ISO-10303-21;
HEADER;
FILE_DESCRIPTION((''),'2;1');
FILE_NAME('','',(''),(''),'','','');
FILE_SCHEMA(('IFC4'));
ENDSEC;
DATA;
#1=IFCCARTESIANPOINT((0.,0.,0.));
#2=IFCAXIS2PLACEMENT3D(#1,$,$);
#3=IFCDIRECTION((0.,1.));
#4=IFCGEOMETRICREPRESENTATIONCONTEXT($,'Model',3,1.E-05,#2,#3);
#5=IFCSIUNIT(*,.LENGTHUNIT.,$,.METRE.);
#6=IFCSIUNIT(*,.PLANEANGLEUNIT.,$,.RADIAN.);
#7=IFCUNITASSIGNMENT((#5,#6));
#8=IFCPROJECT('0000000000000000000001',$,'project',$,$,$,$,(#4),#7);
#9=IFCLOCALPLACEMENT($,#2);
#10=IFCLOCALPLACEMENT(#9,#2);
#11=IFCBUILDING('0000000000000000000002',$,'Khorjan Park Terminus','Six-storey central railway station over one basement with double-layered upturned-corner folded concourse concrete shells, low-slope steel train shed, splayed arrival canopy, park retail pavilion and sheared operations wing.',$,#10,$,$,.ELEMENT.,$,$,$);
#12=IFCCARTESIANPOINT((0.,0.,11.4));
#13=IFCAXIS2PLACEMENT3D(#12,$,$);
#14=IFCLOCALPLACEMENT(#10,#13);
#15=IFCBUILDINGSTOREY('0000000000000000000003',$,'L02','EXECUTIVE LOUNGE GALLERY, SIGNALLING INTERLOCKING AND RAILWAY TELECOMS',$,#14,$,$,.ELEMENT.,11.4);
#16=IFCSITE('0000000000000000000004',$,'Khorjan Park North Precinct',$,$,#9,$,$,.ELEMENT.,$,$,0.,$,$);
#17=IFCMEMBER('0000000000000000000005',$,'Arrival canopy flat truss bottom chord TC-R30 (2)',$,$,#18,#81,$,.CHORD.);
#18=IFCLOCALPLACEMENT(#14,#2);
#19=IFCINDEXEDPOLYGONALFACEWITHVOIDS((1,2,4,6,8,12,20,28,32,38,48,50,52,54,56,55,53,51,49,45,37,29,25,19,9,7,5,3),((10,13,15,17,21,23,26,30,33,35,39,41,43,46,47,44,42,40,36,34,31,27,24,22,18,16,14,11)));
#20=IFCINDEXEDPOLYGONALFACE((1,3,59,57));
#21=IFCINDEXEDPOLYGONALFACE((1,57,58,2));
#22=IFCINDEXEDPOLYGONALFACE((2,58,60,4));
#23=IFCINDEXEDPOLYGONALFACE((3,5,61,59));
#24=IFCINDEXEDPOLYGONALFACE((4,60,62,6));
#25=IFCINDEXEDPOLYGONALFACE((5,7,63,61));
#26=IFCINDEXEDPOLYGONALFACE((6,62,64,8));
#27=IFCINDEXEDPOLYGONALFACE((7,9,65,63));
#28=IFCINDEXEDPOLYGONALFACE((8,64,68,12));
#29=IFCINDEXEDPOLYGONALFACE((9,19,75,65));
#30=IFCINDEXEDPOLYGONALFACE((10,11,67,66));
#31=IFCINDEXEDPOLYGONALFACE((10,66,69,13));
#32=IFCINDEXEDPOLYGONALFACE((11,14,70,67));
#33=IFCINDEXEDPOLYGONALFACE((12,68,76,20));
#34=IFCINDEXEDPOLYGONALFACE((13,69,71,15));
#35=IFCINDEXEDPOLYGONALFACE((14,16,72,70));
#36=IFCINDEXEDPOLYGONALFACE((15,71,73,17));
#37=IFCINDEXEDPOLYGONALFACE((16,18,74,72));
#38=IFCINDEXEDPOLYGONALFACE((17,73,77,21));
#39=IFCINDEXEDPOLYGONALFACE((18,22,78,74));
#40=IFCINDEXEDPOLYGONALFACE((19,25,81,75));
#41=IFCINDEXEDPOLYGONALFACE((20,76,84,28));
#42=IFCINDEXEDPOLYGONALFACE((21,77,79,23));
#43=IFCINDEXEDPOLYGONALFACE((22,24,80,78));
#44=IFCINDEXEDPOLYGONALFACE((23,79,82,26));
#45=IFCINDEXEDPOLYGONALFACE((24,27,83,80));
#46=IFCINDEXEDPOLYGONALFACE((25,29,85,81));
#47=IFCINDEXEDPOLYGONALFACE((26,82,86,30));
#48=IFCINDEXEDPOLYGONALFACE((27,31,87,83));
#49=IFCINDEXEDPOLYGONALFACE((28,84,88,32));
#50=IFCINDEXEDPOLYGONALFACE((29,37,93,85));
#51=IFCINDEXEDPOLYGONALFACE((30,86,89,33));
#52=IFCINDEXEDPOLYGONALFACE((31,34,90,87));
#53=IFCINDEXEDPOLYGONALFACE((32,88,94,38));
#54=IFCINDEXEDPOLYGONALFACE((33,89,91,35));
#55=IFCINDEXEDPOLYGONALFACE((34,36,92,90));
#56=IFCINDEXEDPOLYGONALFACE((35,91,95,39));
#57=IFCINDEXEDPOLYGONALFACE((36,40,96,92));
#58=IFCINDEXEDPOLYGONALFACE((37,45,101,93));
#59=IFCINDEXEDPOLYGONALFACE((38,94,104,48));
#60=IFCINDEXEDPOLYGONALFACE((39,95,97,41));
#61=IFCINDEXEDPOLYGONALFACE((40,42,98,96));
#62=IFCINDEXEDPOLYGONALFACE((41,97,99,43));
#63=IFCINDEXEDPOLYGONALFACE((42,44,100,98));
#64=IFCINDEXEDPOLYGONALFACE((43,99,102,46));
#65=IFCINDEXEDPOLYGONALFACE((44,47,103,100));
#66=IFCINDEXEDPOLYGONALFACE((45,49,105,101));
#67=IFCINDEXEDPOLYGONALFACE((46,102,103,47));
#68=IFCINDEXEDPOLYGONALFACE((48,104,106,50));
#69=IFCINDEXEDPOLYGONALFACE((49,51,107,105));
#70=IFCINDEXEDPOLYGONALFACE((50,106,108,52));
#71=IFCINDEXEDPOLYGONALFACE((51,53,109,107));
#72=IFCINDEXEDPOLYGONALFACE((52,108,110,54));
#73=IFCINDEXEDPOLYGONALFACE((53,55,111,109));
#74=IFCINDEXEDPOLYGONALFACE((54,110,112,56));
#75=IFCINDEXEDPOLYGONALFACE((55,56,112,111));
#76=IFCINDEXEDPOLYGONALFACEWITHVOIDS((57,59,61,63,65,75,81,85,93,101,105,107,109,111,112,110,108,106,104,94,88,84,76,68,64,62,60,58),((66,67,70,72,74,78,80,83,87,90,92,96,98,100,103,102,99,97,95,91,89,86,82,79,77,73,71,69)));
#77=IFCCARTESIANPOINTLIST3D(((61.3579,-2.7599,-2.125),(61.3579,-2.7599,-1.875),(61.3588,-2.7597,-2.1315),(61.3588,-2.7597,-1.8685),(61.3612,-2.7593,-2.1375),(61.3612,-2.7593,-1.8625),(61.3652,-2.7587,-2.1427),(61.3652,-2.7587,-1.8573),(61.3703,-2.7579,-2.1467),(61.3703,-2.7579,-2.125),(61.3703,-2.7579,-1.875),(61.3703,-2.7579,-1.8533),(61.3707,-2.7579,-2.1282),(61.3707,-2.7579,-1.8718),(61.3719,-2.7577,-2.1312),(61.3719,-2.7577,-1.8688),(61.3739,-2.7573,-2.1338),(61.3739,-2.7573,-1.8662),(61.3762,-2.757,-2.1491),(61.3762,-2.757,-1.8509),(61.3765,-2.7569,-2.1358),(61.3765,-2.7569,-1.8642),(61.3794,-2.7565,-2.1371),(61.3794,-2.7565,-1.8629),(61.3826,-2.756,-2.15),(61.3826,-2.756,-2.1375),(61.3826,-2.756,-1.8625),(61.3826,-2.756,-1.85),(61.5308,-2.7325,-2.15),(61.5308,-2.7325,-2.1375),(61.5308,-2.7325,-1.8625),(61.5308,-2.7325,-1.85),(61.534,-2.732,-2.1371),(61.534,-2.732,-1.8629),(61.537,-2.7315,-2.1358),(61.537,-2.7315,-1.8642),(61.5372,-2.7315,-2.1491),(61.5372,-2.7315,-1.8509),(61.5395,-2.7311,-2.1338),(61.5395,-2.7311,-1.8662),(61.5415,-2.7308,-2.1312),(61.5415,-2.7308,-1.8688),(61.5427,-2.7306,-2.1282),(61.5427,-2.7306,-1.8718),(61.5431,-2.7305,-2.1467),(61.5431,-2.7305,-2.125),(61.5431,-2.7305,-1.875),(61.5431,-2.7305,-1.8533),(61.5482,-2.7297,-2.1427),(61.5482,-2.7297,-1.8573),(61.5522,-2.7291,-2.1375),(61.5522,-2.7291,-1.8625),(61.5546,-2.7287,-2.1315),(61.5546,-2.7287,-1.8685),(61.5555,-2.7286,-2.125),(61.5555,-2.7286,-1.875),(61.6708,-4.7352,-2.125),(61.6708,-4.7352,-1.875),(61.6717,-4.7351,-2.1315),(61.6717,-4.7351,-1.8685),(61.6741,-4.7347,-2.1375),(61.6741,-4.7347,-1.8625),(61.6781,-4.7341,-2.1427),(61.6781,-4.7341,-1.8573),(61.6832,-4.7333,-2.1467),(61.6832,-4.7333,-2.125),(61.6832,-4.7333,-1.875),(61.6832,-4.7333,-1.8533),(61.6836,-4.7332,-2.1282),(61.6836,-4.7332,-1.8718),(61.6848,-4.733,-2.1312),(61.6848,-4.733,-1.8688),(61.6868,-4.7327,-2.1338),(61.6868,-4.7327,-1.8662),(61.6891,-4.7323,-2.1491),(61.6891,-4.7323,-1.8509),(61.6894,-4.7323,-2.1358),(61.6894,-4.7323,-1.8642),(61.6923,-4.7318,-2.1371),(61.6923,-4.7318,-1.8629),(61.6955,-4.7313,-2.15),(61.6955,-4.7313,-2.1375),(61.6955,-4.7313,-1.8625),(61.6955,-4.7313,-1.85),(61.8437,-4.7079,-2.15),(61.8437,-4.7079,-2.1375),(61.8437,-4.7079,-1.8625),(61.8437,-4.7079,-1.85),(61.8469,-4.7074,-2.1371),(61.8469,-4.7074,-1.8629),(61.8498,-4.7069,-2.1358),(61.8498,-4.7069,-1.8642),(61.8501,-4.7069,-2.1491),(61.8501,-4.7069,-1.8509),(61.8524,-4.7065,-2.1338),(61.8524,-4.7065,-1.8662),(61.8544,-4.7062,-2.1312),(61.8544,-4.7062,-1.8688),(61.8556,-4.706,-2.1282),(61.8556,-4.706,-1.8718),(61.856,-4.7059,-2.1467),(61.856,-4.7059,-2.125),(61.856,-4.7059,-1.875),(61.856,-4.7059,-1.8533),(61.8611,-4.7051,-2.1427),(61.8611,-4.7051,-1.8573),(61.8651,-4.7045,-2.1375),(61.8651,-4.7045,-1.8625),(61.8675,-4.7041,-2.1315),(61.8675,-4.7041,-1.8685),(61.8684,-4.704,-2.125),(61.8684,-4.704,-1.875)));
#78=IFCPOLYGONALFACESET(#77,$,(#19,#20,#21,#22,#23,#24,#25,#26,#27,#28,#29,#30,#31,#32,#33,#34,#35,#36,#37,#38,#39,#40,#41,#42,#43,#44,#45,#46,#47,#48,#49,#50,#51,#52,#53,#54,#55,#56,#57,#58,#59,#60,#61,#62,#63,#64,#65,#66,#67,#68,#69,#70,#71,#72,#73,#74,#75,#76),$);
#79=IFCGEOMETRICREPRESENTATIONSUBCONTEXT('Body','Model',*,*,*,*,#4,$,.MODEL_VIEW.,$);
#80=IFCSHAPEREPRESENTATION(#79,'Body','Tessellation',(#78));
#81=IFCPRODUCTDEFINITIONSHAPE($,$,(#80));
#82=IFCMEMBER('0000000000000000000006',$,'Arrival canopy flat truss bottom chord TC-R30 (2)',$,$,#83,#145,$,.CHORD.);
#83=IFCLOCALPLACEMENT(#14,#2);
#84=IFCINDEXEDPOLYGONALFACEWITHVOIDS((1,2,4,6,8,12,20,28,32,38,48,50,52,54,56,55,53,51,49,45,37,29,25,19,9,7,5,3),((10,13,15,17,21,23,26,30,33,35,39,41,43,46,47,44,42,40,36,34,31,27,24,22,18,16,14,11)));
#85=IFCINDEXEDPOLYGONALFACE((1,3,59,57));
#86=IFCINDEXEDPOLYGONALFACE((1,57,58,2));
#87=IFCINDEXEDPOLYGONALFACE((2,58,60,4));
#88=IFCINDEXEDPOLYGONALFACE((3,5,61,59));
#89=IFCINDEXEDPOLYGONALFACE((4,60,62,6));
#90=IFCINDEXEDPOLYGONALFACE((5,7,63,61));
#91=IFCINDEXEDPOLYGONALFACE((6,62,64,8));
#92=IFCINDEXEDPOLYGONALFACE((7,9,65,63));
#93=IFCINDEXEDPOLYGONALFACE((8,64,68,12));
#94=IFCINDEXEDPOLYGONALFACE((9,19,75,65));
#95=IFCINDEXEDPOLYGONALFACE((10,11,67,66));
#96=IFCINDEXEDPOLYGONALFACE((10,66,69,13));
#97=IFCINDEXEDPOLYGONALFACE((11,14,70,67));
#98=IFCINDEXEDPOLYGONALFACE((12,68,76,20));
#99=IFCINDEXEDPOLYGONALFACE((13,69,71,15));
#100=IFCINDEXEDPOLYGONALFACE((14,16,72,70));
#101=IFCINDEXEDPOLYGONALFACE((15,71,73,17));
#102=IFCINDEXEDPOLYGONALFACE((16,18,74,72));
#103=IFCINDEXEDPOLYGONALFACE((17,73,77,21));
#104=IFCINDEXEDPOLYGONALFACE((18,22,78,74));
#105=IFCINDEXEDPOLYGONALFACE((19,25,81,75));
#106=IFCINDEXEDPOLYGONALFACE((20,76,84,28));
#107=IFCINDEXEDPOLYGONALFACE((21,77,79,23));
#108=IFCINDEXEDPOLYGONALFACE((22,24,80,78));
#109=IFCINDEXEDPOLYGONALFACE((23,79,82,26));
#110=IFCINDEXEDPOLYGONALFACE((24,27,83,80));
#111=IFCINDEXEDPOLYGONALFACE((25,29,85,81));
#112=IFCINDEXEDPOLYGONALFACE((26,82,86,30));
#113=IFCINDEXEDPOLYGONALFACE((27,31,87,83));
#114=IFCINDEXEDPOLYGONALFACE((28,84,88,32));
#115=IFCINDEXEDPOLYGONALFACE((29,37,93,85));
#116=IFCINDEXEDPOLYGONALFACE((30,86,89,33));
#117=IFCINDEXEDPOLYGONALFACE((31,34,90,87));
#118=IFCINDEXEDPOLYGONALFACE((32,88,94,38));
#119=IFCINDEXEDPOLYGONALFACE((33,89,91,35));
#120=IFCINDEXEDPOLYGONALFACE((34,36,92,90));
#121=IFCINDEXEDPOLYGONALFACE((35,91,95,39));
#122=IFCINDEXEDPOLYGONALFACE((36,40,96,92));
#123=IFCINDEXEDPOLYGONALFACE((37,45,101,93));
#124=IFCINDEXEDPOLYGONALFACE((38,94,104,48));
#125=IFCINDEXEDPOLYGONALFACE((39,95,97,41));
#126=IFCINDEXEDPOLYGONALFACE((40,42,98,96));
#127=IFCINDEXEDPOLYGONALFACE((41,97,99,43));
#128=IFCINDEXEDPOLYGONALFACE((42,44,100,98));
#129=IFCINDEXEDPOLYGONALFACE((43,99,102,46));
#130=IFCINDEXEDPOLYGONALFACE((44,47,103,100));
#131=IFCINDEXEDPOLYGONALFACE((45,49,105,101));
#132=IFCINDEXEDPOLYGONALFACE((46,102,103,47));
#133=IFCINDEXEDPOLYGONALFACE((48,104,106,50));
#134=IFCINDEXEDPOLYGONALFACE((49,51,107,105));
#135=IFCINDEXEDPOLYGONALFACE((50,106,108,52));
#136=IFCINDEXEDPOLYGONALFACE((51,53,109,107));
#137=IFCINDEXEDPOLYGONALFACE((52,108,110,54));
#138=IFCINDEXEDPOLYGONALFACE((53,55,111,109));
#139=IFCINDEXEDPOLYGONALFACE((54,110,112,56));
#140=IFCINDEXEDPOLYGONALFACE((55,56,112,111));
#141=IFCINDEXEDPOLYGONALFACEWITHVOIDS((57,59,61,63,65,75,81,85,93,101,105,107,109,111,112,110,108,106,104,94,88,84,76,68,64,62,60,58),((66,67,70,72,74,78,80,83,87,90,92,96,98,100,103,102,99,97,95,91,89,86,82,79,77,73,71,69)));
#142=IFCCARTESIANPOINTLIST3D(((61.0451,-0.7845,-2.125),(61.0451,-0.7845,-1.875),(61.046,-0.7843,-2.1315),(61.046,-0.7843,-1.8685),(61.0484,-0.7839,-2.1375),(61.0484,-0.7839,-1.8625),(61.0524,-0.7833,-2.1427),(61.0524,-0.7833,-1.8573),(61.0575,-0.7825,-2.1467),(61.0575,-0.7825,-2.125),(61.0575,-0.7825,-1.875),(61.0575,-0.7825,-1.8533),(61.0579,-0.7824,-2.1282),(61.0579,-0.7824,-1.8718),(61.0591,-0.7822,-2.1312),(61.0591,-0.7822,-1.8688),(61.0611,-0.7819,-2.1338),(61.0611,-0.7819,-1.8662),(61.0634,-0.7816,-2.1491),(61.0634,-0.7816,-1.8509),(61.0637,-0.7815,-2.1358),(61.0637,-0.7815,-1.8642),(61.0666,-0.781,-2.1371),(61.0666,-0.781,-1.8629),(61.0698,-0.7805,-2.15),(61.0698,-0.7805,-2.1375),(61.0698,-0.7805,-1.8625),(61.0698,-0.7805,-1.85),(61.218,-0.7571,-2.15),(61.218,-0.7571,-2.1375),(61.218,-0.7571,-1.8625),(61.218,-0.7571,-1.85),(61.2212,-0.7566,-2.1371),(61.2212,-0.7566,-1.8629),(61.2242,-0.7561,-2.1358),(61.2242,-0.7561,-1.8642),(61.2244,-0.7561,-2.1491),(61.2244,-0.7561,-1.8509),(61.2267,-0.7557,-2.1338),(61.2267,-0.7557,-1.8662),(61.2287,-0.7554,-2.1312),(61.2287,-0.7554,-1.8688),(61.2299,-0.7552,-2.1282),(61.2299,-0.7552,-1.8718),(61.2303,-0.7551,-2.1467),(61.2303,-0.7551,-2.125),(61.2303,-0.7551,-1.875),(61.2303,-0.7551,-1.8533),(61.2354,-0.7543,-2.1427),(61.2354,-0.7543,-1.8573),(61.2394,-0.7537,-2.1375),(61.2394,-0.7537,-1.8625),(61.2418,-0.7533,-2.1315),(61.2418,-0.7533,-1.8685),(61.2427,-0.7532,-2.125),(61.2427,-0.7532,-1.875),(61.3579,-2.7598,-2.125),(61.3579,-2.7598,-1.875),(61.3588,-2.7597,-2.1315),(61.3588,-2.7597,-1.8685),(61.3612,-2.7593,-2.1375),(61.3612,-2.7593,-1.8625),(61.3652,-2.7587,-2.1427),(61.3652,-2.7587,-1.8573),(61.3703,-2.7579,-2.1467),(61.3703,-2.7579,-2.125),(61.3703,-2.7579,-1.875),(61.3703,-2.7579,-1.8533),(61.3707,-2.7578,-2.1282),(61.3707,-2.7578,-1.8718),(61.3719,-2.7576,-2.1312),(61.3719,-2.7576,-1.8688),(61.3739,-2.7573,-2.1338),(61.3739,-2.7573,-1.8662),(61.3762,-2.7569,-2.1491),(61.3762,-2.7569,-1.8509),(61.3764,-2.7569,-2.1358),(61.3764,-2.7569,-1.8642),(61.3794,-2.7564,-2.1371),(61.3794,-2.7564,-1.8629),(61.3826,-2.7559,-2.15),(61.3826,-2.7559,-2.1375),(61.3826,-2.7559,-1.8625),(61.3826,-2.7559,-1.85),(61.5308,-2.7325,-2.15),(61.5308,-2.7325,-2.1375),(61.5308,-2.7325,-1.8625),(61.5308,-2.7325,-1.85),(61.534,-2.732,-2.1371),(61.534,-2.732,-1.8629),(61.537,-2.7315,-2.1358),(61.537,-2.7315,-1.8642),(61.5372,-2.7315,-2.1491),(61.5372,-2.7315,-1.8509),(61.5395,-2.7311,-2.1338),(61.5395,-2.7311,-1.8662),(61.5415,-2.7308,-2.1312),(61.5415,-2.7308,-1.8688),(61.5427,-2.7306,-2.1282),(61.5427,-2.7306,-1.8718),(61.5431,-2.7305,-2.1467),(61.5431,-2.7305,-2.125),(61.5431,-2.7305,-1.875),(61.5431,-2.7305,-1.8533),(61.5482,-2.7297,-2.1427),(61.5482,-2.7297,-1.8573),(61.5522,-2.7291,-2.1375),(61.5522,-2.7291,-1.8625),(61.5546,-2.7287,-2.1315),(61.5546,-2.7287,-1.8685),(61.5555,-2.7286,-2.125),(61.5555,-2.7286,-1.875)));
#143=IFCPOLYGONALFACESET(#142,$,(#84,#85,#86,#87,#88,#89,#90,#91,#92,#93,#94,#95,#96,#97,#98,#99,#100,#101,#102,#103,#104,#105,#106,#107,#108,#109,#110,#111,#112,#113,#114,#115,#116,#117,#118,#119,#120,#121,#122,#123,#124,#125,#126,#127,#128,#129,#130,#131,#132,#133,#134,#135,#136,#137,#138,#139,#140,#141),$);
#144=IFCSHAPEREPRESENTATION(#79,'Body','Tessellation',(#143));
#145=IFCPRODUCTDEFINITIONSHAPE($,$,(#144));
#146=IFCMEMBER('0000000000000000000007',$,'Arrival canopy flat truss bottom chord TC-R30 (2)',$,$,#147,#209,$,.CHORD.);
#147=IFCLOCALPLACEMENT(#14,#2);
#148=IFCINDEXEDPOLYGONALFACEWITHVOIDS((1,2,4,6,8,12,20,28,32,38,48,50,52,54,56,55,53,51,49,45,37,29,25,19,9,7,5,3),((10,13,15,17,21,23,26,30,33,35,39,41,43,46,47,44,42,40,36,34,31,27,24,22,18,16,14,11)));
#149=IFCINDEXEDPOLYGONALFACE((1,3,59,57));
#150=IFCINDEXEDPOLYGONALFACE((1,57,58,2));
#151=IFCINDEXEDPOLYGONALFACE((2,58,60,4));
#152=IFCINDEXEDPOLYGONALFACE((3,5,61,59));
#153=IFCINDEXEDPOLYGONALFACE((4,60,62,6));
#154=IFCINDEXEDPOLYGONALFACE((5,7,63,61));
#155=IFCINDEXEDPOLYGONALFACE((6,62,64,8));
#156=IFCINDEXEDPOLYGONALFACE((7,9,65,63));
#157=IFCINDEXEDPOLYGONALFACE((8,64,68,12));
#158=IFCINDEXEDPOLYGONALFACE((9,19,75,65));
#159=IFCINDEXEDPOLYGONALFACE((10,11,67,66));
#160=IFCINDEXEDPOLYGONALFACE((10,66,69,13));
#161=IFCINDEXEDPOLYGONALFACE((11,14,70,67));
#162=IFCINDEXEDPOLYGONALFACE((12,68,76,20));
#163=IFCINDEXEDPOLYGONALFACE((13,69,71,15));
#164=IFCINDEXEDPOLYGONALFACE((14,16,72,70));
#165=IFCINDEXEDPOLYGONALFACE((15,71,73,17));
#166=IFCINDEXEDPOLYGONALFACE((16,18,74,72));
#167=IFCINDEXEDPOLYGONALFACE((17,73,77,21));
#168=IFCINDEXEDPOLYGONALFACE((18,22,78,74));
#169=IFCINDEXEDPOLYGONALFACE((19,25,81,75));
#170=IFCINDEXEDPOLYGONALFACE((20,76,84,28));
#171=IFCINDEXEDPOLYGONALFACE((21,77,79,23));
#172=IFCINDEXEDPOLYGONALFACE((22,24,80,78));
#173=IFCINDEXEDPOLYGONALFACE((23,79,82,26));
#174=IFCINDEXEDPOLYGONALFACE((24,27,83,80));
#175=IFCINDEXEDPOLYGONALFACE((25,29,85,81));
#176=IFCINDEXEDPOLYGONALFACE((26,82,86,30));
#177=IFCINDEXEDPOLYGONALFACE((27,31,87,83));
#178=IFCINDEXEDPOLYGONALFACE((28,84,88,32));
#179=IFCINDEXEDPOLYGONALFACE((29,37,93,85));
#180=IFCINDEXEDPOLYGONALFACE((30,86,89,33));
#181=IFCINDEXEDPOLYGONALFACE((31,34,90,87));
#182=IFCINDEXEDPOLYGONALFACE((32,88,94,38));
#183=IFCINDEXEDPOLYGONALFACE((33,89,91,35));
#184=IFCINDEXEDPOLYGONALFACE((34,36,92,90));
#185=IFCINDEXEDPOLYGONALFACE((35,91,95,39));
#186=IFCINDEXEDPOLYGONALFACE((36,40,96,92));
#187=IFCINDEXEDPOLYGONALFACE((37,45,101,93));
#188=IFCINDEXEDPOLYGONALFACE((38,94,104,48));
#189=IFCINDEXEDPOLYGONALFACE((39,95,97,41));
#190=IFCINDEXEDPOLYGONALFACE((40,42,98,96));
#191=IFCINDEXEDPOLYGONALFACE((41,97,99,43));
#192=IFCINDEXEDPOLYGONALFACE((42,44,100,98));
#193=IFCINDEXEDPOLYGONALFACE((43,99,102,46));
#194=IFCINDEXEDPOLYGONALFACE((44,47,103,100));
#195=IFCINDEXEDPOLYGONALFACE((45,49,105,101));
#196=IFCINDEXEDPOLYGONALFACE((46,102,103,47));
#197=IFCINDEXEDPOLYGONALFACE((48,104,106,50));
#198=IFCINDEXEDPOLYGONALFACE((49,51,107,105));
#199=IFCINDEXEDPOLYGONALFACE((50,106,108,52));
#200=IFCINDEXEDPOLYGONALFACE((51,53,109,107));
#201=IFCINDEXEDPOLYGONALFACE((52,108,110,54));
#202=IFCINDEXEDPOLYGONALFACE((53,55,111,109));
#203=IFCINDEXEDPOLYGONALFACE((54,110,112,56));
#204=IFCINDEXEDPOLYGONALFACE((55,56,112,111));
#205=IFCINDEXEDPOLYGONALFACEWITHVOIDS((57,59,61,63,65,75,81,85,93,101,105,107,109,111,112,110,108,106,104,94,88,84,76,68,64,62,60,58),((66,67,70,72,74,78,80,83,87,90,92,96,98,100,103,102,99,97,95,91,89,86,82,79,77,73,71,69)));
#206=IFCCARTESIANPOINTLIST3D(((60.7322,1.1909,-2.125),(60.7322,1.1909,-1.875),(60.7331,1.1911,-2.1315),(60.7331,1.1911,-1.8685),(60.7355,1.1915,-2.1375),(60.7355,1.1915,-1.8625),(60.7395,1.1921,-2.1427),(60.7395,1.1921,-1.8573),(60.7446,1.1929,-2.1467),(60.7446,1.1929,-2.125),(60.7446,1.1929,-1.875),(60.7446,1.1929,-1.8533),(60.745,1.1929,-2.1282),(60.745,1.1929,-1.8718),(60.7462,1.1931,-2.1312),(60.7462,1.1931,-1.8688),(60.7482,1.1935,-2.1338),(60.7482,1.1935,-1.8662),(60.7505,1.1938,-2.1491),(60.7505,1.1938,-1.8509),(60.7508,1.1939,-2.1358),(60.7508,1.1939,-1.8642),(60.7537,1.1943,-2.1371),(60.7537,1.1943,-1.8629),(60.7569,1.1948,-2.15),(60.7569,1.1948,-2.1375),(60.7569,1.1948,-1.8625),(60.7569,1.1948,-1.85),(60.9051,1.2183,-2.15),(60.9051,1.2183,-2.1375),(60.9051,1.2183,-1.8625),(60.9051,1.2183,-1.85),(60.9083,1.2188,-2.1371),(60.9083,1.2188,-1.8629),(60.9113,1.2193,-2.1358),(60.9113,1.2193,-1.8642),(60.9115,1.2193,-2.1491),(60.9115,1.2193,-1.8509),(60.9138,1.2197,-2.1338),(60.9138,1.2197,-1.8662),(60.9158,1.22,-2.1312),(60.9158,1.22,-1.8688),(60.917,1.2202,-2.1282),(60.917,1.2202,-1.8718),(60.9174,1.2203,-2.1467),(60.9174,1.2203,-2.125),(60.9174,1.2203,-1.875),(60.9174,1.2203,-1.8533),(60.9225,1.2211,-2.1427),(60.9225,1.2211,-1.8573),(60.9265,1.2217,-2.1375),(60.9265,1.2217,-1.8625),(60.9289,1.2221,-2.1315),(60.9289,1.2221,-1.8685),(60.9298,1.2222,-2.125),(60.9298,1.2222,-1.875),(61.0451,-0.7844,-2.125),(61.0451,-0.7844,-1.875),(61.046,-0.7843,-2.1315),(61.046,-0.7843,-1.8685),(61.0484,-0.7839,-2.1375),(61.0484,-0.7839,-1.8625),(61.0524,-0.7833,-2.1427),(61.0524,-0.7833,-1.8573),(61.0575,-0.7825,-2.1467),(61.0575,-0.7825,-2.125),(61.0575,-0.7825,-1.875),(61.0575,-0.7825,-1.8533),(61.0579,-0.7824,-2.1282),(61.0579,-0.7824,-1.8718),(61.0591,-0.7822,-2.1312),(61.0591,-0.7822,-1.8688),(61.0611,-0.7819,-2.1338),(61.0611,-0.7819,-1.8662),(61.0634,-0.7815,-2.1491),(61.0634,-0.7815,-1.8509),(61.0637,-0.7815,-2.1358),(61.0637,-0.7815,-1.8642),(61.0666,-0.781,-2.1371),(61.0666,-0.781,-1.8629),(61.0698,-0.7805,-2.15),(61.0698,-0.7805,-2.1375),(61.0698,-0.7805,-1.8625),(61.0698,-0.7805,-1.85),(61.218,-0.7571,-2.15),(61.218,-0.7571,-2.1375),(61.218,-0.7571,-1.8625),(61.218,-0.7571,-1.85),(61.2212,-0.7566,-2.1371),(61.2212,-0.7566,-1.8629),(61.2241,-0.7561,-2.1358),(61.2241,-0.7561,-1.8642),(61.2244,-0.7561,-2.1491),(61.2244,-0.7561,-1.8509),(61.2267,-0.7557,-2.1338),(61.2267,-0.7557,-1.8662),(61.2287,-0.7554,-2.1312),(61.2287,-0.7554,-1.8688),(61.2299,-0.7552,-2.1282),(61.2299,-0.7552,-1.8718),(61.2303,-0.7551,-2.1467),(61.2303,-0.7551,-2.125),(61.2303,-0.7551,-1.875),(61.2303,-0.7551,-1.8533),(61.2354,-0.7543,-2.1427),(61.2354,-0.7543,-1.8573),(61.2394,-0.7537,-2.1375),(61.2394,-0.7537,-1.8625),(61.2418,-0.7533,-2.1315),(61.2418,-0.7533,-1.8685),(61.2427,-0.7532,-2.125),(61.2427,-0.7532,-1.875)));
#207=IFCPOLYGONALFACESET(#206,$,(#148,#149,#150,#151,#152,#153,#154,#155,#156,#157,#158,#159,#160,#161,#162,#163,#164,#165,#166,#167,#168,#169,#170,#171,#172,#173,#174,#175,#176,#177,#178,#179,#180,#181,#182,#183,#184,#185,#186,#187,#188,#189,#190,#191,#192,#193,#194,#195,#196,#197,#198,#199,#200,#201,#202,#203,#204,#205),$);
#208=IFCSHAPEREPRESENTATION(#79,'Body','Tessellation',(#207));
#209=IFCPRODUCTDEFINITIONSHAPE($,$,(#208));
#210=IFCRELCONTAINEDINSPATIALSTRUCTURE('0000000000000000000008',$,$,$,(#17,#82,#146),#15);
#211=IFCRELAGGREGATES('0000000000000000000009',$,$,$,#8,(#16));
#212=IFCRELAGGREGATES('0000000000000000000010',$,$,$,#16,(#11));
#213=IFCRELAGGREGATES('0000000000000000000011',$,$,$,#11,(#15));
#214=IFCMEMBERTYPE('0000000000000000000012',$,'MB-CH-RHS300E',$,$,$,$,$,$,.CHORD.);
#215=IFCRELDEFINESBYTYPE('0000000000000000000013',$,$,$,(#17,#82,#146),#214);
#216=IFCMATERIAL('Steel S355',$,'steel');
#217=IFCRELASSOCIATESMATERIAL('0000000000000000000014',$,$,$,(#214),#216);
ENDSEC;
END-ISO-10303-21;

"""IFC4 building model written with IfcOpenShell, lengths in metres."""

from ifc_helpers import new_model, si_unit, direction, frame, origin, origin_2d, place, context, subcontext, project, spatial, hollow_rectangle, extrude, material, material_profile, profile_set, type_object, element, save


model = new_model("IFC4")

# Units and contexts
model_context = context("Model", 3, precision=1e-05, world=origin(), true_north=direction((0.0, 1.0)))
body_context = subcontext(model_context, "Body", "Model", "MODEL_VIEW")
ifc_project = project(units=[si_unit("LENGTHUNIT", "METRE"), si_unit("PLANEANGLEUNIT", "RADIAN")], contexts=[model_context])

# Site, building, storey
site_placement = place(None, origin())
site = spatial("IfcSite", under=ifc_project, at=site_placement, Name="Khorjan Park North Precinct", CompositionType="ELEMENT", RefElevation=0.0)
building_placement = place(site_placement, origin())
building = spatial("IfcBuilding", under=site, at=building_placement, Name="Khorjan Park Terminus", Description="Six-storey central railway station over one basement with double-layered upturned-corner folded concourse concrete shells, low-slope steel train shed, splayed arrival canopy, park retail pavilion and sheared operations wing.", CompositionType="ELEMENT")
storey_placement = place(building_placement, frame((0.0, 0.0, 11.4)))
storey = spatial("IfcBuildingStorey", under=building, at=storey_placement, Name="L02", Description="EXECUTIVE LOUNGE GALLERY, SIGNALLING INTERLOCKING AND RAILWAY TELECOMS", CompositionType="ELEMENT", Elevation=11.4)

# Members
ifc_material = material(Name="Steel S355", Category="steel")
ifc_material_profile_1 = material_profile(ifc_material, hollow_rectangle(XDim=0.2, YDim=0.3, WallThickness=0.0125, InnerFilletRadius=0.0125, OuterFilletRadius=0.025, at=origin_2d()), Name="RHS 300x200x12.5")
ifc_profile_set_1 = profile_set([ifc_material_profile_1], Name="Steel S355")
member_type_1 = type_object("IfcMemberType", Name="MB-CH-RHS300E", PredefinedType="CHORD", material=ifc_profile_set_1)
for number, where, z_axis, x_axis, name in (
    (1, (61.7696, -4.7196, -2.0), (-0.156448, 0.987686, 0.0), (-0.987686, -0.156448, 0.0), "Arrival canopy flat truss bottom chord TC-R30 (2)"),
    (2, (61.4567, -2.7442, -2.0), (-0.156399, 0.987694, 0.0), (-0.987694, -0.156399, 0.0), "Arrival canopy flat truss bottom chord TC-R30 (2)"),
    (3, (61.1439, -0.7688, -2.0), (-0.156448, 0.987686, 0.0), (-0.987686, -0.156448, 0.0), "Arrival canopy flat truss bottom chord TC-R30 (2)"),
):
    element("IfcMember", number, at=place(storey_placement, frame(where, z_axis=z_axis, x_axis=x_axis)), inside=storey, type_object=member_type_1, Name=name, PredefinedType="CHORD", context=body_context, shape_type="SweptSolid", body=[
        extrude(hollow_rectangle(XDim=0.2, YDim=0.3, WallThickness=0.0125, InnerFilletRadius=0.0125, OuterFilletRadius=0.025, at=origin_2d()), origin(), (0.0, 0.0, 1.0), 2.0),
    ])

save(model, "model.ifc")
